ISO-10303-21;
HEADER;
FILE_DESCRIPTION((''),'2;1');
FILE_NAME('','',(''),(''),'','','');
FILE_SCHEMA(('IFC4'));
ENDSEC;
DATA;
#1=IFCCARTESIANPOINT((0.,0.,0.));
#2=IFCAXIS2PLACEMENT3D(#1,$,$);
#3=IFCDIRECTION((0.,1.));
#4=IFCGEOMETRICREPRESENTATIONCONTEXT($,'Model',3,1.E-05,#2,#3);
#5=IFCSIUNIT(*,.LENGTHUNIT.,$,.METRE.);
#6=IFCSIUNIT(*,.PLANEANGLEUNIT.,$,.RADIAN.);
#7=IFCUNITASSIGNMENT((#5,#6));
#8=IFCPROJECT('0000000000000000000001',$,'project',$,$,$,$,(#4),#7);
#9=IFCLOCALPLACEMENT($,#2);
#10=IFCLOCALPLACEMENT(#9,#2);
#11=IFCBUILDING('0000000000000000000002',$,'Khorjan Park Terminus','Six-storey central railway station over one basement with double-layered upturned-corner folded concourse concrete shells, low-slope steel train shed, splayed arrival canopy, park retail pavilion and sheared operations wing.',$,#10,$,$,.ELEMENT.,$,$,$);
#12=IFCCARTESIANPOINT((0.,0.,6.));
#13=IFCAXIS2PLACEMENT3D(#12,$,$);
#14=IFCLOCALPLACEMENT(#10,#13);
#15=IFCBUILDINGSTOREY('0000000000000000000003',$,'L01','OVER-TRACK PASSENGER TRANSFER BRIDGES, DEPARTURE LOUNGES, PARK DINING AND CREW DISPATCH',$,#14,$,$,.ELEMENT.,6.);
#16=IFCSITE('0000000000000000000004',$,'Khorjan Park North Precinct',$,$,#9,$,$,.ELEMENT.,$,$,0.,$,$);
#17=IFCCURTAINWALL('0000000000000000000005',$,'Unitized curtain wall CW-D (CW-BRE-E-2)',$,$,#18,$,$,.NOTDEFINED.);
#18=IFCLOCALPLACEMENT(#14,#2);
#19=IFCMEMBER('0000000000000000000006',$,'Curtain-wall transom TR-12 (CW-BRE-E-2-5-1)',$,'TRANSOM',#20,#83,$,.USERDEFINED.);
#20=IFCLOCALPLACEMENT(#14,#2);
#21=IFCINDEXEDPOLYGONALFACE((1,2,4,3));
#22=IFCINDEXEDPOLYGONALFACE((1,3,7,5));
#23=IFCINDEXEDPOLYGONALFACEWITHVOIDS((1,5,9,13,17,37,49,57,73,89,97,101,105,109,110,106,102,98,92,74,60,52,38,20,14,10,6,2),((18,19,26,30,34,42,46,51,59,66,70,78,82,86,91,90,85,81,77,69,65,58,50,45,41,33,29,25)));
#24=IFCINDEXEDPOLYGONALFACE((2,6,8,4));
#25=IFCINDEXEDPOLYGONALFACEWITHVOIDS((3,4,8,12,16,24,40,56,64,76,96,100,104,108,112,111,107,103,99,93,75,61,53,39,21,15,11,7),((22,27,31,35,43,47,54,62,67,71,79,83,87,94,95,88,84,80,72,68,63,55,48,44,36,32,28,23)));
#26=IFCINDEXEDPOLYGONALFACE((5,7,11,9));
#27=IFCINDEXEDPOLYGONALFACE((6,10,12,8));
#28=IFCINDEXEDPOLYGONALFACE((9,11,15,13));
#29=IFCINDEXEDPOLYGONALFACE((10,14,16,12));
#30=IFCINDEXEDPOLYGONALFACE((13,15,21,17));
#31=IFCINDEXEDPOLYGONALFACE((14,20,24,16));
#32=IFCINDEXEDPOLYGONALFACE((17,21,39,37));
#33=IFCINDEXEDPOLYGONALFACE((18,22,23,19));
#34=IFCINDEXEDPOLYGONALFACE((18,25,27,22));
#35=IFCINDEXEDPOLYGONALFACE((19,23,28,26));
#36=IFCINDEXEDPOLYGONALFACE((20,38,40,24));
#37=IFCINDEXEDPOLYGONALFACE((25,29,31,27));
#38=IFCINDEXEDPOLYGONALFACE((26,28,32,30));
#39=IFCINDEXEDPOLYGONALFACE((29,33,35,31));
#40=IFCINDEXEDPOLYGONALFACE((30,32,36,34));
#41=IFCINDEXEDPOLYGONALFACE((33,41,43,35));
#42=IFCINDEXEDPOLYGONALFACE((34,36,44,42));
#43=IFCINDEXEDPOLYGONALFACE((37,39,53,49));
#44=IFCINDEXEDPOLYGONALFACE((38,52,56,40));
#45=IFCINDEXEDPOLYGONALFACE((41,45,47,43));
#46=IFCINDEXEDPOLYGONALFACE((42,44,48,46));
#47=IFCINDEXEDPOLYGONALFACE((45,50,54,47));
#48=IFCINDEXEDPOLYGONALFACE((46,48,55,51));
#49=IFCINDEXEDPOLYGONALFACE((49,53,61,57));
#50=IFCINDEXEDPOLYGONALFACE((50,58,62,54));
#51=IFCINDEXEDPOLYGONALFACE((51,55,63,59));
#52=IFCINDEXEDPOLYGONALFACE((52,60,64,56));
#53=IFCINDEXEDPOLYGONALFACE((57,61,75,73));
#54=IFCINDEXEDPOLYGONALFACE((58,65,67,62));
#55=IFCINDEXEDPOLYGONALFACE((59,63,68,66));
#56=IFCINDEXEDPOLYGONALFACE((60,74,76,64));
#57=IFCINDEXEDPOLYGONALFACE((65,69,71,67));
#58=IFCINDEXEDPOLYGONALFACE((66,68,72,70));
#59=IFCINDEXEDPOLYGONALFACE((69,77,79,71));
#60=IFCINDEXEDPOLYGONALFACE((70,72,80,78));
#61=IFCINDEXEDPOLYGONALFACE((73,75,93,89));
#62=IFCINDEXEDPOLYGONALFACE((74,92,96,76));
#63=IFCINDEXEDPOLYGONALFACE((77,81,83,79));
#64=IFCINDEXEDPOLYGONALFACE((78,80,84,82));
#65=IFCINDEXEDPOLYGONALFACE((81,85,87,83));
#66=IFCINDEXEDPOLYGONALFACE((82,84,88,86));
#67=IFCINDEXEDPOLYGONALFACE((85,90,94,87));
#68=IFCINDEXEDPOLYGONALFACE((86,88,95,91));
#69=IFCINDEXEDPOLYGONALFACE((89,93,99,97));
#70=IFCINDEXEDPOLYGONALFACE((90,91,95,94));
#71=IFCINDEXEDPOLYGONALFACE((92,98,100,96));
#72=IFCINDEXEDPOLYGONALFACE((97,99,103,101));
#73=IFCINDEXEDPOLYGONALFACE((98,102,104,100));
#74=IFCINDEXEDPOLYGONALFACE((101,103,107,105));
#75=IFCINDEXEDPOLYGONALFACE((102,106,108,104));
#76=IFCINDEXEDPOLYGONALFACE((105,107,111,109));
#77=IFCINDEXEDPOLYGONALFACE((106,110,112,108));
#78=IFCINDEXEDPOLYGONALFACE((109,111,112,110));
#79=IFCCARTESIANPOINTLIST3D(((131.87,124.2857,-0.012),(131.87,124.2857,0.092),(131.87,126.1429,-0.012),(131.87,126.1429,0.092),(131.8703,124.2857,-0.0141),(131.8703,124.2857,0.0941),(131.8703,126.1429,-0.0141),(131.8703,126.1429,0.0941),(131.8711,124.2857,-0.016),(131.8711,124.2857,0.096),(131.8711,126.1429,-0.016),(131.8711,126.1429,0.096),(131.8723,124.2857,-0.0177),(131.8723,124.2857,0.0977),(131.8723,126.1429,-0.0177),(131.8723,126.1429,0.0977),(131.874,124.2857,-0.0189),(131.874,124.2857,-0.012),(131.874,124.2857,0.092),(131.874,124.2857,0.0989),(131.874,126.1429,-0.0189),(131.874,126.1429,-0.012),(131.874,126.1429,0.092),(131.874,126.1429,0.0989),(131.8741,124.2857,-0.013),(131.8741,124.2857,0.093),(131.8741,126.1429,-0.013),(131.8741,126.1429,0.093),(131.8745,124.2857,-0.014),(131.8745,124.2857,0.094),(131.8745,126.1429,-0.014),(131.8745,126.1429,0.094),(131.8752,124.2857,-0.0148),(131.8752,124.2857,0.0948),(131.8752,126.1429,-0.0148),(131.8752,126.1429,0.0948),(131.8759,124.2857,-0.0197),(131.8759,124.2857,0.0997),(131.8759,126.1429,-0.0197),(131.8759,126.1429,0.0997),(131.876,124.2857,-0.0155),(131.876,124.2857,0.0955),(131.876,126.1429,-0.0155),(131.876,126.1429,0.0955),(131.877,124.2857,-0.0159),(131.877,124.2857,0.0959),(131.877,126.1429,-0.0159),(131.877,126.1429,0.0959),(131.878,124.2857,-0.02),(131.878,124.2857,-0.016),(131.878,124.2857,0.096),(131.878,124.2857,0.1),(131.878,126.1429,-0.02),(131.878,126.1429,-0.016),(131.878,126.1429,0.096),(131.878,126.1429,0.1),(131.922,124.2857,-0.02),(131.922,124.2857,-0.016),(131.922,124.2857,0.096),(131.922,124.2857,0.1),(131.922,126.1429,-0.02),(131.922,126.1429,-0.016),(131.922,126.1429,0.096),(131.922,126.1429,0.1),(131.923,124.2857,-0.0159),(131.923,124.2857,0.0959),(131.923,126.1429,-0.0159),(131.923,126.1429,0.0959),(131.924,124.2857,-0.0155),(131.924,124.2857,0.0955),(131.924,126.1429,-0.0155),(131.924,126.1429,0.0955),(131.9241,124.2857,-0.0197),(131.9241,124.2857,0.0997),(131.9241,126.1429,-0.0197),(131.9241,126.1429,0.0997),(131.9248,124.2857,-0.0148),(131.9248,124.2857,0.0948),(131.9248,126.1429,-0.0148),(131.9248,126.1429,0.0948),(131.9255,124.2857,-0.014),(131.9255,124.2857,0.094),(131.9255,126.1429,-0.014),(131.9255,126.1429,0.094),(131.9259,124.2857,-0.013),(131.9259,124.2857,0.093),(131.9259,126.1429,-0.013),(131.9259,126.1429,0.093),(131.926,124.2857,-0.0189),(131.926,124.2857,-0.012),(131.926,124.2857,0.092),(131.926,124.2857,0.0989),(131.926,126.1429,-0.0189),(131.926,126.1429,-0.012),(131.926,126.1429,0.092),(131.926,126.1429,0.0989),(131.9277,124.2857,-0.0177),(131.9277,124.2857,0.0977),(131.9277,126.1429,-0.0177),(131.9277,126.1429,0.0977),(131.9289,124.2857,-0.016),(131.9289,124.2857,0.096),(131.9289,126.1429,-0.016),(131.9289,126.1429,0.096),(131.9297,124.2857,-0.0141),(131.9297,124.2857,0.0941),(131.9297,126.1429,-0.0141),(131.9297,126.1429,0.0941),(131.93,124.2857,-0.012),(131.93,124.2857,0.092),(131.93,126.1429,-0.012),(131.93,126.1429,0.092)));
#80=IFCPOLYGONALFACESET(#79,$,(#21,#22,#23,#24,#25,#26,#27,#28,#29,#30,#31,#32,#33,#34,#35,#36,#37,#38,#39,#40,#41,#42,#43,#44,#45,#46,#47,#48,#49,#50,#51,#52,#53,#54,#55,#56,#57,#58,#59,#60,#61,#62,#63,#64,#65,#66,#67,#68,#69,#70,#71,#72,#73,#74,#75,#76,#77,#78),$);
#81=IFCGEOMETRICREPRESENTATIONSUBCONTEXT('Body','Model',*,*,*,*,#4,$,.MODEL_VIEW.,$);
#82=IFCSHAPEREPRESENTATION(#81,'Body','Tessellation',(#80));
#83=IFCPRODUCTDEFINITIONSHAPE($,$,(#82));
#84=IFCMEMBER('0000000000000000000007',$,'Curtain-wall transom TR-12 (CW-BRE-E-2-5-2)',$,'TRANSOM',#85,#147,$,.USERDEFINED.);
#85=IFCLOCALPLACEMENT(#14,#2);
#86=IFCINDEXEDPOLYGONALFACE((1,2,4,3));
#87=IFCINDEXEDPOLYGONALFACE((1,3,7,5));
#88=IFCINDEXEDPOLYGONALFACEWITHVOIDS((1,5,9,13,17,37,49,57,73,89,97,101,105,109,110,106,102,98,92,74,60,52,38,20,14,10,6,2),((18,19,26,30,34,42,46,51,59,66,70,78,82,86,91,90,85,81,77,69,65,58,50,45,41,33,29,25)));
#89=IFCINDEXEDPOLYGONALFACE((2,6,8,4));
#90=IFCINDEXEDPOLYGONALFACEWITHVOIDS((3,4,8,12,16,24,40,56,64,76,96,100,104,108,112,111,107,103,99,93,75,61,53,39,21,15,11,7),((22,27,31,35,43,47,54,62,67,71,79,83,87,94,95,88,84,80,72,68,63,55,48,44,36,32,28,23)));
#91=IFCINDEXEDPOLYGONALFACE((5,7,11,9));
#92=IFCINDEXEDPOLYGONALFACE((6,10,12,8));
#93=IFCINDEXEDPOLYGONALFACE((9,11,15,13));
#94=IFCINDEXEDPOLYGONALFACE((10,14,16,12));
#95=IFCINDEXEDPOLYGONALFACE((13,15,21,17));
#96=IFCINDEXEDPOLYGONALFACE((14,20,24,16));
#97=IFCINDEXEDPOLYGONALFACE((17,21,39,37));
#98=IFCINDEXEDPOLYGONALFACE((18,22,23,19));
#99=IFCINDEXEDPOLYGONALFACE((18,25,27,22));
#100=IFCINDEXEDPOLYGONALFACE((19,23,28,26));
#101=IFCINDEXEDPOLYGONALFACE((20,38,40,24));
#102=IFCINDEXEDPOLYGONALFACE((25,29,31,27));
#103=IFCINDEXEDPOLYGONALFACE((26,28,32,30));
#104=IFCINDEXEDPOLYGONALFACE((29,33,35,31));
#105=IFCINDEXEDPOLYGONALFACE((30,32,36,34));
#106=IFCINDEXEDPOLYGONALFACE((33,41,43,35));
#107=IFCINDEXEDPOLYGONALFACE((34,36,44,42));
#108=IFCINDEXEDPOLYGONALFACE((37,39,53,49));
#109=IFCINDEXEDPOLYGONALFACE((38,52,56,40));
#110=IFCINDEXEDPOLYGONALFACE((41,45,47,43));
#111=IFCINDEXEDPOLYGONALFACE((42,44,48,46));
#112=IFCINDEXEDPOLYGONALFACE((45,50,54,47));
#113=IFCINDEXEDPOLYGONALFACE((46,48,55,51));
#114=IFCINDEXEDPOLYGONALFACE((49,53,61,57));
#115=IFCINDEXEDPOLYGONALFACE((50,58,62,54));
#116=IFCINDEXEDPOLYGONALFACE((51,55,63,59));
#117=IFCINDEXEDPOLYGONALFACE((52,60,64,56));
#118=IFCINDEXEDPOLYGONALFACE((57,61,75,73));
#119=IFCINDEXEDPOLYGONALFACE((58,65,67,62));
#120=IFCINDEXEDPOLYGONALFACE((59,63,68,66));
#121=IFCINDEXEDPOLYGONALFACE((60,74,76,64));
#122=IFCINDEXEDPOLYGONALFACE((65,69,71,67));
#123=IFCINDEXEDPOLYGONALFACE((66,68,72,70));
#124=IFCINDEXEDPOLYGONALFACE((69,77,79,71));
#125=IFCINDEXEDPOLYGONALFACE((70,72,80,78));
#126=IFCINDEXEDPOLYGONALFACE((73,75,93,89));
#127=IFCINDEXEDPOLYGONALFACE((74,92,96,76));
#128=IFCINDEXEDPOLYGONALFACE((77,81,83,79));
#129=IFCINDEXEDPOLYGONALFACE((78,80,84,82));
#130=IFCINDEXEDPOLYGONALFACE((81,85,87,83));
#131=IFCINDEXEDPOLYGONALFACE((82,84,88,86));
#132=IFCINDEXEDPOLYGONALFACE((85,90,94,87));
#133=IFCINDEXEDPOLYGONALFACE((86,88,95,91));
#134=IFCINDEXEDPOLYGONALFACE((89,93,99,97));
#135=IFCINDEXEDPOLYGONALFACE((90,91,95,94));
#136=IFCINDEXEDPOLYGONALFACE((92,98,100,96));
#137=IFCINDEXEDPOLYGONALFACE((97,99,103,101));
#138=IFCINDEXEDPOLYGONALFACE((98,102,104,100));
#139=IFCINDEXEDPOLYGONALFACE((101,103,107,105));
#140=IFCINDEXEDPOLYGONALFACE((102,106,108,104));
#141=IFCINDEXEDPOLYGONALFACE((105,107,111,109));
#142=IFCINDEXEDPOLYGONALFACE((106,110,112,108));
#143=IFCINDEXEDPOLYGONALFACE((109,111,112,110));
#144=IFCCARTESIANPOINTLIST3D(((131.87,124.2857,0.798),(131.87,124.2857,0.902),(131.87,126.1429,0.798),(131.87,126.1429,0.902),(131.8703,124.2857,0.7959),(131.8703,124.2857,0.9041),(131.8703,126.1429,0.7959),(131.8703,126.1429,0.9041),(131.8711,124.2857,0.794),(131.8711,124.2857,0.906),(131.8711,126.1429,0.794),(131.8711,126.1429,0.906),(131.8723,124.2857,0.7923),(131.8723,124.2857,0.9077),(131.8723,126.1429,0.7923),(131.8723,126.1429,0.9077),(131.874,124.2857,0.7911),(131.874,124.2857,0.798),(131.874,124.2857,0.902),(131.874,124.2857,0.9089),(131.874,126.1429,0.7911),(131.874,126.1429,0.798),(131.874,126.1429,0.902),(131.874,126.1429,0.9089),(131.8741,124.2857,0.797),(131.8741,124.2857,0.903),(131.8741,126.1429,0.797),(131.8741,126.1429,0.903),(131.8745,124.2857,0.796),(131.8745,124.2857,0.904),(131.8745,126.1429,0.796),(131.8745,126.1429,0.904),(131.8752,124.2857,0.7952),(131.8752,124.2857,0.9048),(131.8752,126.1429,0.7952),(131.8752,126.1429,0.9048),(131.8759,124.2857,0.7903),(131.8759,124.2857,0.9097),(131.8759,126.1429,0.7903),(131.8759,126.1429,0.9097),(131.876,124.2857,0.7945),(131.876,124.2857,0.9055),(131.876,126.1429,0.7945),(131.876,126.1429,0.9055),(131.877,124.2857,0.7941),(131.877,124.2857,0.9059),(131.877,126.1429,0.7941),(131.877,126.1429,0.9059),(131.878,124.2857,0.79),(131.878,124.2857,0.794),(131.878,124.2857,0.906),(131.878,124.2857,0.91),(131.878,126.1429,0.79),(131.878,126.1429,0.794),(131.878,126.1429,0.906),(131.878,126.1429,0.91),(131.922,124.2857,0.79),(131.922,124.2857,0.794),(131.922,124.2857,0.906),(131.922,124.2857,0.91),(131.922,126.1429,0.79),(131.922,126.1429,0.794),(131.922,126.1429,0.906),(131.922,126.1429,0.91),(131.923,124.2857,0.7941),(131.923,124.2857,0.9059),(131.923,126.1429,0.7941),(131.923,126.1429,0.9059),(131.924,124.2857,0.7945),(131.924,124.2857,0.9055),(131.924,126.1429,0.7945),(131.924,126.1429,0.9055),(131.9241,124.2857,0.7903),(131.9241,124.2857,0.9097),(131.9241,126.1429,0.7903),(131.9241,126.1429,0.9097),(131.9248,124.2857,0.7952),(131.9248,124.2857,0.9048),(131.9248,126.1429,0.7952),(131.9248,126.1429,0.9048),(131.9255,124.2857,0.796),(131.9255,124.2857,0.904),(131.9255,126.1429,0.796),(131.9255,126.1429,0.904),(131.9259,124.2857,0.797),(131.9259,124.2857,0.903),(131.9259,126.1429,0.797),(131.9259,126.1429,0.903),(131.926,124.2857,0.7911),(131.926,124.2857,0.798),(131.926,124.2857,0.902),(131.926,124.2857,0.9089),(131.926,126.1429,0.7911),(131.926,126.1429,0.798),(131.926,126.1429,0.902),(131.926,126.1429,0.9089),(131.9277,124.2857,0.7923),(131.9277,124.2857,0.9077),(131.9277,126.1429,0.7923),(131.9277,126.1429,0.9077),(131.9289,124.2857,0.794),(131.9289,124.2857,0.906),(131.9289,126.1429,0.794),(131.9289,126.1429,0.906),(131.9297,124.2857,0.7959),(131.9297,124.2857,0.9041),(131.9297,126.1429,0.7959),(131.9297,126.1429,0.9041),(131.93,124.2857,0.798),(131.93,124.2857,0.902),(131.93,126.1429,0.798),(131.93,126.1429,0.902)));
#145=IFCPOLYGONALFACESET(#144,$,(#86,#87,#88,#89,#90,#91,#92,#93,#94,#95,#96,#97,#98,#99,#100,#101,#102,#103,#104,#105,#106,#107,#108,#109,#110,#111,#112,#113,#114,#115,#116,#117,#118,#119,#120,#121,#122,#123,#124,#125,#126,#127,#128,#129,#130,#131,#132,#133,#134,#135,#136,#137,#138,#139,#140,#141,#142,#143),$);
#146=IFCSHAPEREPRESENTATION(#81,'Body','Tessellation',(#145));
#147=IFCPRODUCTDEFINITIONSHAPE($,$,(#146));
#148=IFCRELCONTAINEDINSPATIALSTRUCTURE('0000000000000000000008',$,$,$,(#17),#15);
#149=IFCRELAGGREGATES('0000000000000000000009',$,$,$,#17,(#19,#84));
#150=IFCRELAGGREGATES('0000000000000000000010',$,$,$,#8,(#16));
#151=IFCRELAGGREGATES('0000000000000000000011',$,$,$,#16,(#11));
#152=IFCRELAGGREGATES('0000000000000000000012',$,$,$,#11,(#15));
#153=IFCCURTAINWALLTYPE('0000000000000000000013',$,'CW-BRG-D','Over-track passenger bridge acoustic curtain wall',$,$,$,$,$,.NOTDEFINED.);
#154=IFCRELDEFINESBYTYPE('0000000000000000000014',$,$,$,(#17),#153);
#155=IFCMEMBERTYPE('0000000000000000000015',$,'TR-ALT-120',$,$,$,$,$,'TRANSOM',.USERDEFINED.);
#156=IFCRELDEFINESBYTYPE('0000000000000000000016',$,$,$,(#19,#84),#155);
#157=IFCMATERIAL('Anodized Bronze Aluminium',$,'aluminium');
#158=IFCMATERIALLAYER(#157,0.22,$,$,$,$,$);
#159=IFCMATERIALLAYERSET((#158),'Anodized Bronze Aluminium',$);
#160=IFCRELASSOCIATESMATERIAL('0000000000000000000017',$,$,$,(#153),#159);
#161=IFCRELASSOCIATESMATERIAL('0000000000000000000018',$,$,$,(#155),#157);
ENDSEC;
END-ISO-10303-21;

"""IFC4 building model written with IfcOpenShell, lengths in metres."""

from ifc_helpers import new_model, si_unit, direction, frame, origin, origin_2d, place, context, subcontext, project, spatial, hollow_rectangle, extrude, material, layer, layer_set, material_profile, profile_set, type_object, element, aggregate, save


model = new_model("IFC4")

# Units and contexts
model_context = context("Model", 3, precision=1e-05, world=origin(), true_north=direction((0.0, 1.0)))
body_context = subcontext(model_context, "Body", "Model", "MODEL_VIEW")
ifc_project = project(units=[si_unit("LENGTHUNIT", "METRE"), si_unit("PLANEANGLEUNIT", "RADIAN")], contexts=[model_context])

# Site, building, storey
site_placement = place(None, origin())
site = spatial("IfcSite", under=ifc_project, at=site_placement, Name="Khorjan Park North Precinct", CompositionType="ELEMENT", RefElevation=0.0)
building_placement = place(site_placement, origin())
building = spatial("IfcBuilding", under=site, at=building_placement, Name="Khorjan Park Terminus", Description="Six-storey central railway station over one basement with double-layered upturned-corner folded concourse concrete shells, low-slope steel train shed, splayed arrival canopy, park retail pavilion and sheared operations wing.", CompositionType="ELEMENT")
storey_placement = place(building_placement, frame((0.0, 0.0, 6.0)))
storey = spatial("IfcBuildingStorey", under=building, at=storey_placement, Name="L01", Description="OVER-TRACK PASSENGER TRANSFER BRIDGES, DEPARTURE LOUNGES, PARK DINING AND CREW DISPATCH", CompositionType="ELEMENT", Elevation=6.0)

# Curtain wall
ifc_material_1 = material(Name="Anodized Bronze Aluminium", Category="aluminium")
ifc_layer_1 = layer(ifc_material_1, 0.22)
ifc_layer_set_1 = layer_set([ifc_layer_1], Name="Anodized Bronze Aluminium")
curtain_wall_type = type_object("IfcCurtainWallType", Name="CW-BRG-D", Description="Over-track passenger bridge acoustic curtain wall", PredefinedType="NOTDEFINED", material=ifc_layer_set_1)
curtain_wall_1_placement = place(storey_placement, origin())
curtain_wall_1 = element("IfcCurtainWall", 1, at=curtain_wall_1_placement, inside=storey, type_object=curtain_wall_type, Name="Unitized curtain wall CW-D (CW-BRE-E-2)", PredefinedType="NOTDEFINED")

# Members
ifc_material_profile_1 = material_profile(ifc_material_1, hollow_rectangle(XDim=0.06, YDim=0.12, WallThickness=0.004, InnerFilletRadius=0.004, OuterFilletRadius=0.008, at=origin_2d()), Name="ALT 60x120x4")
ifc_profile_set_1 = profile_set([ifc_material_profile_1], Name="Anodized Bronze Aluminium")
member_type_1 = type_object("IfcMemberType", Name="TR-ALT-120", ElementType="TRANSOM", PredefinedType="USERDEFINED", material=ifc_profile_set_1)
member_1_placement = place(storey_placement, frame((131.9, 124.2857, 0.04), z_axis=(0.0, 1.0, 0.0), x_axis=(-1.0, 0.0, 0.0)))
member_1 = element("IfcMember", 2, at=member_1_placement, type_object=member_type_1, Name="Curtain-wall transom TR-12 (CW-BRE-E-2-5-1)", ObjectType="TRANSOM", PredefinedType="USERDEFINED", context=body_context, shape_type="SweptSolid", body=[
    extrude(hollow_rectangle(XDim=0.06, YDim=0.12, WallThickness=0.004, InnerFilletRadius=0.004, OuterFilletRadius=0.008, at=origin_2d()), origin(), (0.0, 0.0, 1.0), 1.8572),
])
member_2_placement = place(storey_placement, frame((131.9, 124.2857, 0.85), z_axis=(0.0, 1.0, 0.0), x_axis=(-1.0, 0.0, 0.0)))
member_2 = element("IfcMember", 3, at=member_2_placement, type_object=member_type_1, Name="Curtain-wall transom TR-12 (CW-BRE-E-2-5-2)", ObjectType="TRANSOM", PredefinedType="USERDEFINED", context=body_context, shape_type="SweptSolid", body=[
    extrude(hollow_rectangle(XDim=0.06, YDim=0.12, WallThickness=0.004, InnerFilletRadius=0.004, OuterFilletRadius=0.008, at=origin_2d()), origin(), (0.0, 0.0, 1.0), 1.8572),
])

aggregate(curtain_wall_1, [member_1, member_2])

save(model, "model.ifc")
